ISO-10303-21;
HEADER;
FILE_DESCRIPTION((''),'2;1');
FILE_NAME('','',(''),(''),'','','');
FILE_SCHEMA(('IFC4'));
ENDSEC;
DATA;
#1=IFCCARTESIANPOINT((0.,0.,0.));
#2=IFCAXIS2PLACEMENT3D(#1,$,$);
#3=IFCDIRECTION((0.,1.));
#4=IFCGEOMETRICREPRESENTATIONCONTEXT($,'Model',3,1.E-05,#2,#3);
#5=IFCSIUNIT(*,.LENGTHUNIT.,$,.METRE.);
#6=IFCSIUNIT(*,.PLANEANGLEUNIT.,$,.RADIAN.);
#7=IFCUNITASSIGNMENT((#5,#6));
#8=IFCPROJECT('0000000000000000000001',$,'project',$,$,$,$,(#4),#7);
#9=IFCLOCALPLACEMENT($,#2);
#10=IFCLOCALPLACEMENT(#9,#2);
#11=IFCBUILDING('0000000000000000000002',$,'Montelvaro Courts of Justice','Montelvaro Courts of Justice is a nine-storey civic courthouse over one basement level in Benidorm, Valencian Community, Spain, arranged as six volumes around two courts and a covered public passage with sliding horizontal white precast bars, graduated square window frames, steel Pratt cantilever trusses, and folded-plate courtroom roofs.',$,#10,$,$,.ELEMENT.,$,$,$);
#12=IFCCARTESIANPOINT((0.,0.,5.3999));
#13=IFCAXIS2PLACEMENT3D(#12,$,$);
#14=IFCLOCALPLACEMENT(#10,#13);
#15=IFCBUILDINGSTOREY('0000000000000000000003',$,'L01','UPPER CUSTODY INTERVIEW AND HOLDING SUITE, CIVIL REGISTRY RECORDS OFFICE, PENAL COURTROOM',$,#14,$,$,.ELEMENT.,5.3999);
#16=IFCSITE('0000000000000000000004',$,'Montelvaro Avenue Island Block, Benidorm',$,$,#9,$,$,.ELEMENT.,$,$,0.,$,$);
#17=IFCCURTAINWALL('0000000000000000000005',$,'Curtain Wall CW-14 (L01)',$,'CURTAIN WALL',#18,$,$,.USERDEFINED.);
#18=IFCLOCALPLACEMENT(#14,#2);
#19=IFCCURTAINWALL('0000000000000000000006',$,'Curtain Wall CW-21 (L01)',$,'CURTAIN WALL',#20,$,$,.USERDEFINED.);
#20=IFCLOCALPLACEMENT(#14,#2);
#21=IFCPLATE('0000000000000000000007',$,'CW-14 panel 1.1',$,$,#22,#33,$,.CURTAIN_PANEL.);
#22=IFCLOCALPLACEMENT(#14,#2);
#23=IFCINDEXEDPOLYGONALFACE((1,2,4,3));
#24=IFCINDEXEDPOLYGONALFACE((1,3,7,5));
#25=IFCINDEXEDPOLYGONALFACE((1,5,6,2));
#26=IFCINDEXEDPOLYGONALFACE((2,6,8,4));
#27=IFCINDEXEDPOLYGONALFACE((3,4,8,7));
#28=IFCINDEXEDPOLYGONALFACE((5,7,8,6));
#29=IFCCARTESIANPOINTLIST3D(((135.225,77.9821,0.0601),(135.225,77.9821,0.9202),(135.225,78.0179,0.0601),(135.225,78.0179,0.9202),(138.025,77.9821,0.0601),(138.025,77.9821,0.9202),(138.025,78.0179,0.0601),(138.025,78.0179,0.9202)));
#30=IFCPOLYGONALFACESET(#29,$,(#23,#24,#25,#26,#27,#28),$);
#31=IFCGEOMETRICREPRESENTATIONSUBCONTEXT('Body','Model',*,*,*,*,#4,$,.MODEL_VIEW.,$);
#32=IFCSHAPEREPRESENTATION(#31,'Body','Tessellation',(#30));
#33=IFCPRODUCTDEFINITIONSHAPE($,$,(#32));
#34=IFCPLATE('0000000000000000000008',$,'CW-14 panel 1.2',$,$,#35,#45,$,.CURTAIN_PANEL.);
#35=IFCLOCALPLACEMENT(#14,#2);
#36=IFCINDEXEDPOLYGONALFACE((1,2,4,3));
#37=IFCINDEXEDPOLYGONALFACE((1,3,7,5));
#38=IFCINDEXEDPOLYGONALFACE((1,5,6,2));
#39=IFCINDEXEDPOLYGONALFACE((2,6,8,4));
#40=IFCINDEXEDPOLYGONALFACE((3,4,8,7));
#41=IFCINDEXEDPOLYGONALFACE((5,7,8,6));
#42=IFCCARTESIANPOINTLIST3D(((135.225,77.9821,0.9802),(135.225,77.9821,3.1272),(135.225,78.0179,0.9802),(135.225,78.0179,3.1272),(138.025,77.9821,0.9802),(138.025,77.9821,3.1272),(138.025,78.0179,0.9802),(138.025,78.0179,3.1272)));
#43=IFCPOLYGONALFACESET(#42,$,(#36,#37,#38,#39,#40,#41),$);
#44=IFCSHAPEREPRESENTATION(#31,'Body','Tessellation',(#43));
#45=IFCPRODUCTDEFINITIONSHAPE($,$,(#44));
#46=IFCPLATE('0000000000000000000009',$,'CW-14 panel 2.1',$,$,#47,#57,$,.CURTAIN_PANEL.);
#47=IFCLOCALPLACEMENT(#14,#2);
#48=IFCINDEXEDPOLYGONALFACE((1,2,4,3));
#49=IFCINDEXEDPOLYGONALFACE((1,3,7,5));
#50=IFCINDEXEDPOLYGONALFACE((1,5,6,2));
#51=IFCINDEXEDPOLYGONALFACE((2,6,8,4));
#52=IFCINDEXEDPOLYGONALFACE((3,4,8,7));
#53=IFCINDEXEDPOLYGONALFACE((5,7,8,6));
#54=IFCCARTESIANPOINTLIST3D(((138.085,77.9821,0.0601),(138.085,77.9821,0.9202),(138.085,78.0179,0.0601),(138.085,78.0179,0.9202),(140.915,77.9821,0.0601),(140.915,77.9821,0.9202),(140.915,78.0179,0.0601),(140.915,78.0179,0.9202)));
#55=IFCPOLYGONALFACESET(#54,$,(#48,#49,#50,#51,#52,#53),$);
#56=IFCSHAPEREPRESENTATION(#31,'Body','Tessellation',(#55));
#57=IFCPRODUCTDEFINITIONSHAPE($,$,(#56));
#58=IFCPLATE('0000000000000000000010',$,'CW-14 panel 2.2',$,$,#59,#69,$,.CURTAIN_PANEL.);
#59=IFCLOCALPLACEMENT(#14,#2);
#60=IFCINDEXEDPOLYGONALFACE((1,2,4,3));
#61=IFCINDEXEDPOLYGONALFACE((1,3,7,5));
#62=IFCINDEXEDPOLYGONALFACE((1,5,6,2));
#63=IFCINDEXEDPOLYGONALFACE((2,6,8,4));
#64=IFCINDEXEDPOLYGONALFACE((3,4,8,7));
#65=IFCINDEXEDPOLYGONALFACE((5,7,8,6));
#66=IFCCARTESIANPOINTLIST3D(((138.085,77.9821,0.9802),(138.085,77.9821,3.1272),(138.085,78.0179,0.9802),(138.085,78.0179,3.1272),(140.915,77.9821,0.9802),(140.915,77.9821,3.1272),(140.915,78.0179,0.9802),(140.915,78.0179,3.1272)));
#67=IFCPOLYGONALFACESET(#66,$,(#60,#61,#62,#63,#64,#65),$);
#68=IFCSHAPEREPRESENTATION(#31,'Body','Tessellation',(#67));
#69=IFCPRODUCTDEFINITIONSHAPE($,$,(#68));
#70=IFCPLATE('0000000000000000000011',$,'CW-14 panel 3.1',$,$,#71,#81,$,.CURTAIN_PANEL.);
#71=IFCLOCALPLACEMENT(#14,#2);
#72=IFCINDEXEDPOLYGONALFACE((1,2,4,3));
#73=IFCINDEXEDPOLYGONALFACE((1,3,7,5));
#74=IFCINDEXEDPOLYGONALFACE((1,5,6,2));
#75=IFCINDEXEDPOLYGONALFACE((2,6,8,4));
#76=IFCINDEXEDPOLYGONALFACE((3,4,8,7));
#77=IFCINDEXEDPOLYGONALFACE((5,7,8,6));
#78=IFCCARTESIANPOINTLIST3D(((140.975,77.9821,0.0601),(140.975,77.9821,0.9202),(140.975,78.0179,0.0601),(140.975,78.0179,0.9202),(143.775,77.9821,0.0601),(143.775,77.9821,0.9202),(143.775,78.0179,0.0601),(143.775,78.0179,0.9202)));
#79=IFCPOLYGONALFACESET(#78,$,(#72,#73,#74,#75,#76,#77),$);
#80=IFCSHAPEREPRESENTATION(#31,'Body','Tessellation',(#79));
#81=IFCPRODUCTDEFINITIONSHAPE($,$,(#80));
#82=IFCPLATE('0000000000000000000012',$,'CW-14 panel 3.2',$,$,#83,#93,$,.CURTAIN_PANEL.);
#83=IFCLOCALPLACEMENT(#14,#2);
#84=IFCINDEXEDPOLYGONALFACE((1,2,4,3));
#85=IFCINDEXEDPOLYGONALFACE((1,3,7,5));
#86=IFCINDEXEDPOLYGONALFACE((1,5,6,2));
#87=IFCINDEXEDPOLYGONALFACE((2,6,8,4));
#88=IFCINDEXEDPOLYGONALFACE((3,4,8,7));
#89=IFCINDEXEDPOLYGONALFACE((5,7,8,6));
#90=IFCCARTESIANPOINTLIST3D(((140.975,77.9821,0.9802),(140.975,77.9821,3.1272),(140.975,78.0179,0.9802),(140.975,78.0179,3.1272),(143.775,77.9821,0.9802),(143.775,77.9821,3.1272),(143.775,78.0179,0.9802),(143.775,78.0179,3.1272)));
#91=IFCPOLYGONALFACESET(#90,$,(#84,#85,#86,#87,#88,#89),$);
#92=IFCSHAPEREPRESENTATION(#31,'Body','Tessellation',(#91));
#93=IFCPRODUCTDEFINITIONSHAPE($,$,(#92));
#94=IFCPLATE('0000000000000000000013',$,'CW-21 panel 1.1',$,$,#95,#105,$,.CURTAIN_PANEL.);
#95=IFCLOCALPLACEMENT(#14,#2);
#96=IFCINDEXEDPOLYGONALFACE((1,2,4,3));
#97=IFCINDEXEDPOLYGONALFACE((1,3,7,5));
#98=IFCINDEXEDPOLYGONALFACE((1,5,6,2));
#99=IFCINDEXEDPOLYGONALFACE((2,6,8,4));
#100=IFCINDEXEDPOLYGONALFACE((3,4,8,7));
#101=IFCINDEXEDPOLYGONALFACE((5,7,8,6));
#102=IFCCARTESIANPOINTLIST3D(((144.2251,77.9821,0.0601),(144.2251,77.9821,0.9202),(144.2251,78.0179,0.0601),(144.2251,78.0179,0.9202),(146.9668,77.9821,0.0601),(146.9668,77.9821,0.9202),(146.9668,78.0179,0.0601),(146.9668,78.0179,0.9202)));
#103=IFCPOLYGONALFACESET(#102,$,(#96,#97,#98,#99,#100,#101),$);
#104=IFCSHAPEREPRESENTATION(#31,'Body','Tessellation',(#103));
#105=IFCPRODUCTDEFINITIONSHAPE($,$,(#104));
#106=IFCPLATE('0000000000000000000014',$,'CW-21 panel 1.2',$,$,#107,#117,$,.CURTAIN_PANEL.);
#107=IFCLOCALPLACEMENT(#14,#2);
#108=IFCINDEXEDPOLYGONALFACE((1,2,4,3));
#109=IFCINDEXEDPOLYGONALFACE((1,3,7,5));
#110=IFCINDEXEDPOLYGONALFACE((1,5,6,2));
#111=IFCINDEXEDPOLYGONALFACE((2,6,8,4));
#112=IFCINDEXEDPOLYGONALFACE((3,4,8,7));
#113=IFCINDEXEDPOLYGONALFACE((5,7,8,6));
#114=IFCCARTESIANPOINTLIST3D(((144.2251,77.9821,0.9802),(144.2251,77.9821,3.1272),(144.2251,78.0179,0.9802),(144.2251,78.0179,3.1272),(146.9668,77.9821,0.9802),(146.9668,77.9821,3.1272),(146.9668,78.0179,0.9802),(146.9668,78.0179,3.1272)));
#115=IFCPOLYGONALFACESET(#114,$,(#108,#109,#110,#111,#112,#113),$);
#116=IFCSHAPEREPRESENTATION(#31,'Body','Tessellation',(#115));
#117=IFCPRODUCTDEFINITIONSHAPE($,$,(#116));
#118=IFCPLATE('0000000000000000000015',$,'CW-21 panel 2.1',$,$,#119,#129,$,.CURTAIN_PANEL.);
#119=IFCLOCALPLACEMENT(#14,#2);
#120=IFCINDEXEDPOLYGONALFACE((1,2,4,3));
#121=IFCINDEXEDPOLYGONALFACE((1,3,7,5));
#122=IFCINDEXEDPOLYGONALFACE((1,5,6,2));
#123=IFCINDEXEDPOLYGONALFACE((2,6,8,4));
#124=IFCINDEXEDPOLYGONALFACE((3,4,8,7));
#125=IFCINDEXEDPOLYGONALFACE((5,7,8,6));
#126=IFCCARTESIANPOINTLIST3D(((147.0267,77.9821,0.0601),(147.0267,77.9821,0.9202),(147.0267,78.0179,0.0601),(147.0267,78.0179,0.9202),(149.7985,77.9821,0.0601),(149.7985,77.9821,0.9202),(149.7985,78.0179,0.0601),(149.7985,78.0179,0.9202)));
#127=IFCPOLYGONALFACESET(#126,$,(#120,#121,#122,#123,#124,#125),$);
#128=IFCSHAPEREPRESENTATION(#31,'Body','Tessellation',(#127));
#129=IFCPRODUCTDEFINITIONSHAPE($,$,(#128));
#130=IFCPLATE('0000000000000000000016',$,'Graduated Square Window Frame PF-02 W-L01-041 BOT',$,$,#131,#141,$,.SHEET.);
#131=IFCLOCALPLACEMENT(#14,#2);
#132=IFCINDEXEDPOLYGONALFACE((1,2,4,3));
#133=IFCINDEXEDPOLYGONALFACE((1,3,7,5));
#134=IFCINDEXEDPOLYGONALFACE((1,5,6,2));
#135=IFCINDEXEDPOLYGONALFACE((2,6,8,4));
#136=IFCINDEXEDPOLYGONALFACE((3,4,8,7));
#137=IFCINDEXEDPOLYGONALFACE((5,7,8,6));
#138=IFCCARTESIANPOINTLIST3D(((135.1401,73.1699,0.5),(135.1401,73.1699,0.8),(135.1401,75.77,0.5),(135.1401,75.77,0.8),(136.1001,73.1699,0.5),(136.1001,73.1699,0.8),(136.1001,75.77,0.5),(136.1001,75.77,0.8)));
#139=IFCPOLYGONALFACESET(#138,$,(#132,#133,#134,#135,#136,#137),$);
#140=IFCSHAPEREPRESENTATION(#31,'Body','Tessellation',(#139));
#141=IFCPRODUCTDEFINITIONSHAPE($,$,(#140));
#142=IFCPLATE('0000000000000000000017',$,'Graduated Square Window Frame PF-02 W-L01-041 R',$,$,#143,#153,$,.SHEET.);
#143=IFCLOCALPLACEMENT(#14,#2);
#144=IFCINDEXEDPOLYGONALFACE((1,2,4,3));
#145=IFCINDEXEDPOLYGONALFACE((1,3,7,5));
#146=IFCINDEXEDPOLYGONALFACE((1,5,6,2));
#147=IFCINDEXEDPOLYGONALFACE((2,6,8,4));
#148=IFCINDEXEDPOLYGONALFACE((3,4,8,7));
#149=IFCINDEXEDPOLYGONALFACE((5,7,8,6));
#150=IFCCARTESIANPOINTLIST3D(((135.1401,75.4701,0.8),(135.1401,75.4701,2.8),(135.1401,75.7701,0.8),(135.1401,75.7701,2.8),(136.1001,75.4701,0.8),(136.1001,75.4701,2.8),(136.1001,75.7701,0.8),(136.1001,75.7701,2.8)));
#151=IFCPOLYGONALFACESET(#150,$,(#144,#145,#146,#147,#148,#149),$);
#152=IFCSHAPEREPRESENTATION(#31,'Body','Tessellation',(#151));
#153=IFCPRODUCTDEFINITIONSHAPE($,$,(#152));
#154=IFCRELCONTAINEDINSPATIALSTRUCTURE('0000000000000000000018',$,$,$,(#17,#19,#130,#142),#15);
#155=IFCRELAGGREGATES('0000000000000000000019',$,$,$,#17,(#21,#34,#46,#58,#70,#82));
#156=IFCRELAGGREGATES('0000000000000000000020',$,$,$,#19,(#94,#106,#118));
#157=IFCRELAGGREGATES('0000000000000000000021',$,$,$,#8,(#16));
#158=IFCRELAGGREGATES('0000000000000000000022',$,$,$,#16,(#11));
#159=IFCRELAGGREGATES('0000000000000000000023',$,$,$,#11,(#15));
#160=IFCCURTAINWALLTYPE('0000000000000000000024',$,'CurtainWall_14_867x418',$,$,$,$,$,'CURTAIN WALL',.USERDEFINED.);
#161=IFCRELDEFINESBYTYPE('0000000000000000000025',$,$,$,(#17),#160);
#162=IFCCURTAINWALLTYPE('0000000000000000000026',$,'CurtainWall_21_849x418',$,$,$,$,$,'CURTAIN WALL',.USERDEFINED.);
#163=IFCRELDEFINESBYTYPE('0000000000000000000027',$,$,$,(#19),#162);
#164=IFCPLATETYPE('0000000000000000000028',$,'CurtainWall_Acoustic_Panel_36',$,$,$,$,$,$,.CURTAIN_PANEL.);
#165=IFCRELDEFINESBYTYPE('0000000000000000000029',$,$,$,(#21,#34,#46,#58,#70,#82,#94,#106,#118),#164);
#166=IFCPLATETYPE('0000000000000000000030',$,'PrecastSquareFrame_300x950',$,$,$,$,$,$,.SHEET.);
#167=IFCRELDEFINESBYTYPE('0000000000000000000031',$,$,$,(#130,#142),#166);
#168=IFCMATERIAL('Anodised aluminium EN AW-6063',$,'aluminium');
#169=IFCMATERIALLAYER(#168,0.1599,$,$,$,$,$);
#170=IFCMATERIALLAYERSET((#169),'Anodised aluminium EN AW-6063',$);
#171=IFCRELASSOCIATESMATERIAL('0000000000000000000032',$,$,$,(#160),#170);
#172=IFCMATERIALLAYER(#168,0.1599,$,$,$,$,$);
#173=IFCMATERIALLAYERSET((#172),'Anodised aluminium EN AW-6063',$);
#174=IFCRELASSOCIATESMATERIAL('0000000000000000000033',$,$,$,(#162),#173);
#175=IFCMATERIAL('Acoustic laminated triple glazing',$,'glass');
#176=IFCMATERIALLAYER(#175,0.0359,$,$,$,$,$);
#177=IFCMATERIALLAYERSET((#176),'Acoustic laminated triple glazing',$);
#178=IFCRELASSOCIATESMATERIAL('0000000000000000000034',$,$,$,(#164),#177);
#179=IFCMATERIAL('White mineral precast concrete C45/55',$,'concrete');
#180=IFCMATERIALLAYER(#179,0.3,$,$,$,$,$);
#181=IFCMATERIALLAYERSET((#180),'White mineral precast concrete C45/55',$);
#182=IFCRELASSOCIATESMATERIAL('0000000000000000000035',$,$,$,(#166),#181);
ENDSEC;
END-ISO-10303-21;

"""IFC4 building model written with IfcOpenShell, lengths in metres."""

from ifc_helpers import new_model, si_unit, direction, frame, origin, origin_2d, place, context, subcontext, project, spatial, rectangle, extrude, material, layer, layer_set, type_object, element, aggregate, save


model = new_model("IFC4")

# Units and contexts
model_context = context("Model", 3, precision=1e-05, world=origin(), true_north=direction((0.0, 1.0)))
body_context = subcontext(model_context, "Body", "Model", "MODEL_VIEW")
ifc_project = project(units=[si_unit("LENGTHUNIT", "METRE"), si_unit("PLANEANGLEUNIT", "RADIAN")], contexts=[model_context])

# Site, building, storey
site_placement = place(None, origin())
site = spatial("IfcSite", under=ifc_project, at=site_placement, Name="Montelvaro Avenue Island Block, Benidorm", CompositionType="ELEMENT", RefElevation=0.0)
building_placement = place(site_placement, origin())
building = spatial("IfcBuilding", under=site, at=building_placement, Name="Montelvaro Courts of Justice", Description="Montelvaro Courts of Justice is a nine-storey civic courthouse over one basement level in Benidorm, Valencian Community, Spain, arranged as six volumes around two courts and a covered public passage with sliding horizontal white precast bars, graduated square window frames, steel Pratt cantilever trusses, and folded-plate courtroom roofs.", CompositionType="ELEMENT")
storey_placement = place(building_placement, frame((0.0, 0.0, 5.3999)))
storey = spatial("IfcBuildingStorey", under=building, at=storey_placement, Name="L01", Description="UPPER CUSTODY INTERVIEW AND HOLDING SUITE, CIVIL REGISTRY RECORDS OFFICE, PENAL COURTROOM", CompositionType="ELEMENT", Elevation=5.3999)

# Curtain walls
ifc_material_1 = material(Name="Anodised aluminium EN AW-6063", Category="aluminium")
ifc_layer_1 = layer(ifc_material_1, 0.1599)
ifc_layer_set_1 = layer_set([ifc_layer_1], Name="Anodised aluminium EN AW-6063")
curtain_wall_type_1 = type_object("IfcCurtainWallType", Name="CurtainWall_14_867x418", ElementType="CURTAIN WALL", PredefinedType="USERDEFINED", material=ifc_layer_set_1)
curtain_wall_1_placement = place(storey_placement, origin())
curtain_wall_1 = element("IfcCurtainWall", 1, at=curtain_wall_1_placement, inside=storey, type_object=curtain_wall_type_1, Name="Curtain Wall CW-14 (L01)", ObjectType="CURTAIN WALL", PredefinedType="USERDEFINED")
ifc_layer_2 = layer(ifc_material_1, 0.1599)
ifc_layer_set_2 = layer_set([ifc_layer_2], Name="Anodised aluminium EN AW-6063")
curtain_wall_type_2 = type_object("IfcCurtainWallType", Name="CurtainWall_21_849x418", ElementType="CURTAIN WALL", PredefinedType="USERDEFINED", material=ifc_layer_set_2)
curtain_wall_2_placement = place(storey_placement, origin())
curtain_wall_2 = element("IfcCurtainWall", 2, at=curtain_wall_2_placement, inside=storey, type_object=curtain_wall_type_2, Name="Curtain Wall CW-21 (L01)", ObjectType="CURTAIN WALL", PredefinedType="USERDEFINED")

# Plates
ifc_material_2 = material(Name="Acoustic laminated triple glazing", Category="glass")
ifc_layer_3 = layer(ifc_material_2, 0.0359)
ifc_layer_set_3 = layer_set([ifc_layer_3], Name="Acoustic laminated triple glazing")
plate_type_1 = type_object("IfcPlateType", Name="CurtainWall_Acoustic_Panel_36", PredefinedType="CURTAIN_PANEL", material=ifc_layer_set_3)
plate_1_placement = place(storey_placement, frame((136.625, 78.0, 0.0601), z_axis=(0.0, 0.0, 1.0), x_axis=(1.0, 0.0, 0.0)))
plate_1 = element("IfcPlate", 3, at=plate_1_placement, type_object=plate_type_1, Name="CW-14 panel 1.1", PredefinedType="CURTAIN_PANEL", context=body_context, shape_type="SweptSolid", body=[
    extrude(rectangle(XDim=2.8, YDim=0.0359, at=origin_2d()), origin(), (0.0, 0.0, 1.0), 0.8601),
])
plate_2_placement = place(storey_placement, frame((136.625, 78.0, 0.9802), z_axis=(0.0, 0.0, 1.0), x_axis=(1.0, 0.0, 0.0)))
plate_2 = element("IfcPlate", 4, at=plate_2_placement, type_object=plate_type_1, Name="CW-14 panel 1.2", PredefinedType="CURTAIN_PANEL", context=body_context, shape_type="SweptSolid", body=[
    extrude(rectangle(XDim=2.8, YDim=0.0359, at=origin_2d()), origin(), (0.0, 0.0, 1.0), 2.147),
])
plate_3_placement = place(storey_placement, frame((139.5, 78.0, 0.0601), z_axis=(0.0, 0.0, 1.0), x_axis=(1.0, 0.0, 0.0)))
plate_3 = element("IfcPlate", 5, at=plate_3_placement, type_object=plate_type_1, Name="CW-14 panel 2.1", PredefinedType="CURTAIN_PANEL", context=body_context, shape_type="SweptSolid", body=[
    extrude(rectangle(XDim=2.8301, YDim=0.0359, at=origin_2d()), origin(), (0.0, 0.0, 1.0), 0.8601),
])
plate_4_placement = place(storey_placement, frame((139.5, 78.0, 0.9802), z_axis=(0.0, 0.0, 1.0), x_axis=(1.0, 0.0, 0.0)))
plate_4 = element("IfcPlate", 6, at=plate_4_placement, type_object=plate_type_1, Name="CW-14 panel 2.2", PredefinedType="CURTAIN_PANEL", context=body_context, shape_type="SweptSolid", body=[
    extrude(rectangle(XDim=2.8301, YDim=0.0359, at=origin_2d()), origin(), (0.0, 0.0, 1.0), 2.147),
])
plate_5_placement = place(storey_placement, frame((142.375, 78.0, 0.0601), z_axis=(0.0, 0.0, 1.0), x_axis=(1.0, 0.0, 0.0)))
plate_5 = element("IfcPlate", 7, at=plate_5_placement, type_object=plate_type_1, Name="CW-14 panel 3.1", PredefinedType="CURTAIN_PANEL", context=body_context, shape_type="SweptSolid", body=[
    extrude(rectangle(XDim=2.8, YDim=0.0359, at=origin_2d()), origin(), (0.0, 0.0, 1.0), 0.8601),
])
plate_6_placement = place(storey_placement, frame((142.375, 78.0, 0.9802), z_axis=(0.0, 0.0, 1.0), x_axis=(1.0, 0.0, 0.0)))
plate_6 = element("IfcPlate", 8, at=plate_6_placement, type_object=plate_type_1, Name="CW-14 panel 3.2", PredefinedType="CURTAIN_PANEL", context=body_context, shape_type="SweptSolid", body=[
    extrude(rectangle(XDim=2.8, YDim=0.0359, at=origin_2d()), origin(), (0.0, 0.0, 1.0), 2.147),
])
aggregate(curtain_wall_1, [plate_1, plate_2, plate_3, plate_4, plate_5, plate_6])
plate_7_placement = place(storey_placement, frame((145.5959, 78.0, 0.0601), z_axis=(0.0, 0.0, 1.0), x_axis=(1.0, 0.0, 0.0)))
plate_7 = element("IfcPlate", 9, at=plate_7_placement, type_object=plate_type_1, Name="CW-21 panel 1.1", PredefinedType="CURTAIN_PANEL", context=body_context, shape_type="SweptSolid", body=[
    extrude(rectangle(XDim=2.7417, YDim=0.0359, at=origin_2d()), origin(), (0.0, 0.0, 1.0), 0.8601),
])
plate_8_placement = place(storey_placement, frame((145.5959, 78.0, 0.9802), z_axis=(0.0, 0.0, 1.0), x_axis=(1.0, 0.0, 0.0)))
plate_8 = element("IfcPlate", 10, at=plate_8_placement, type_object=plate_type_1, Name="CW-21 panel 1.2", PredefinedType="CURTAIN_PANEL", context=body_context, shape_type="SweptSolid", body=[
    extrude(rectangle(XDim=2.7417, YDim=0.0359, at=origin_2d()), origin(), (0.0, 0.0, 1.0), 2.147),
])
plate_9_placement = place(storey_placement, frame((148.4126, 78.0, 0.0601), z_axis=(0.0, 0.0, 1.0), x_axis=(1.0, 0.0, 0.0)))
plate_9 = element("IfcPlate", 11, at=plate_9_placement, type_object=plate_type_1, Name="CW-21 panel 2.1", PredefinedType="CURTAIN_PANEL", context=body_context, shape_type="SweptSolid", body=[
    extrude(rectangle(XDim=2.7717, YDim=0.0359, at=origin_2d()), origin(), (0.0, 0.0, 1.0), 0.8601),
])
aggregate(curtain_wall_2, [plate_7, plate_8, plate_9])

# Plates
ifc_material_3 = material(Name="White mineral precast concrete C45/55", Category="concrete")
ifc_layer_4 = layer(ifc_material_3, 0.3)
ifc_layer_set_4 = layer_set([ifc_layer_4], Name="White mineral precast concrete C45/55")
plate_type_2 = type_object("IfcPlateType", Name="PrecastSquareFrame_300x950", PredefinedType="SHEET", material=ifc_layer_set_4)
plate_10_placement = place(storey_placement, frame((135.6201, 74.47, 0.5), z_axis=(0.0, 0.0, 1.0), x_axis=(0.0, 1.0, 0.0)))
element("IfcPlate", 12, at=plate_10_placement, inside=storey, type_object=plate_type_2, Name="Graduated Square Window Frame PF-02 W-L01-041 BOT", PredefinedType="SHEET", context=body_context, shape_type="SweptSolid", body=[
    extrude(rectangle(XDim=2.6001, YDim=0.96, at=origin_2d()), origin(), (0.0, 0.0, 1.0), 0.3),
])
plate_11_placement = place(storey_placement, frame((135.6201, 75.6201, 0.8), z_axis=(0.0, 0.0, 1.0), x_axis=(0.0, 1.0, 0.0)))
element("IfcPlate", 13, at=plate_11_placement, inside=storey, type_object=plate_type_2, Name="Graduated Square Window Frame PF-02 W-L01-041 R", PredefinedType="SHEET", context=body_context, shape_type="SweptSolid", body=[
    extrude(rectangle(XDim=0.3, YDim=0.96, at=origin_2d()), origin(), (0.0, 0.0, 1.0), 2.0),
])

save(model, "model.ifc")
